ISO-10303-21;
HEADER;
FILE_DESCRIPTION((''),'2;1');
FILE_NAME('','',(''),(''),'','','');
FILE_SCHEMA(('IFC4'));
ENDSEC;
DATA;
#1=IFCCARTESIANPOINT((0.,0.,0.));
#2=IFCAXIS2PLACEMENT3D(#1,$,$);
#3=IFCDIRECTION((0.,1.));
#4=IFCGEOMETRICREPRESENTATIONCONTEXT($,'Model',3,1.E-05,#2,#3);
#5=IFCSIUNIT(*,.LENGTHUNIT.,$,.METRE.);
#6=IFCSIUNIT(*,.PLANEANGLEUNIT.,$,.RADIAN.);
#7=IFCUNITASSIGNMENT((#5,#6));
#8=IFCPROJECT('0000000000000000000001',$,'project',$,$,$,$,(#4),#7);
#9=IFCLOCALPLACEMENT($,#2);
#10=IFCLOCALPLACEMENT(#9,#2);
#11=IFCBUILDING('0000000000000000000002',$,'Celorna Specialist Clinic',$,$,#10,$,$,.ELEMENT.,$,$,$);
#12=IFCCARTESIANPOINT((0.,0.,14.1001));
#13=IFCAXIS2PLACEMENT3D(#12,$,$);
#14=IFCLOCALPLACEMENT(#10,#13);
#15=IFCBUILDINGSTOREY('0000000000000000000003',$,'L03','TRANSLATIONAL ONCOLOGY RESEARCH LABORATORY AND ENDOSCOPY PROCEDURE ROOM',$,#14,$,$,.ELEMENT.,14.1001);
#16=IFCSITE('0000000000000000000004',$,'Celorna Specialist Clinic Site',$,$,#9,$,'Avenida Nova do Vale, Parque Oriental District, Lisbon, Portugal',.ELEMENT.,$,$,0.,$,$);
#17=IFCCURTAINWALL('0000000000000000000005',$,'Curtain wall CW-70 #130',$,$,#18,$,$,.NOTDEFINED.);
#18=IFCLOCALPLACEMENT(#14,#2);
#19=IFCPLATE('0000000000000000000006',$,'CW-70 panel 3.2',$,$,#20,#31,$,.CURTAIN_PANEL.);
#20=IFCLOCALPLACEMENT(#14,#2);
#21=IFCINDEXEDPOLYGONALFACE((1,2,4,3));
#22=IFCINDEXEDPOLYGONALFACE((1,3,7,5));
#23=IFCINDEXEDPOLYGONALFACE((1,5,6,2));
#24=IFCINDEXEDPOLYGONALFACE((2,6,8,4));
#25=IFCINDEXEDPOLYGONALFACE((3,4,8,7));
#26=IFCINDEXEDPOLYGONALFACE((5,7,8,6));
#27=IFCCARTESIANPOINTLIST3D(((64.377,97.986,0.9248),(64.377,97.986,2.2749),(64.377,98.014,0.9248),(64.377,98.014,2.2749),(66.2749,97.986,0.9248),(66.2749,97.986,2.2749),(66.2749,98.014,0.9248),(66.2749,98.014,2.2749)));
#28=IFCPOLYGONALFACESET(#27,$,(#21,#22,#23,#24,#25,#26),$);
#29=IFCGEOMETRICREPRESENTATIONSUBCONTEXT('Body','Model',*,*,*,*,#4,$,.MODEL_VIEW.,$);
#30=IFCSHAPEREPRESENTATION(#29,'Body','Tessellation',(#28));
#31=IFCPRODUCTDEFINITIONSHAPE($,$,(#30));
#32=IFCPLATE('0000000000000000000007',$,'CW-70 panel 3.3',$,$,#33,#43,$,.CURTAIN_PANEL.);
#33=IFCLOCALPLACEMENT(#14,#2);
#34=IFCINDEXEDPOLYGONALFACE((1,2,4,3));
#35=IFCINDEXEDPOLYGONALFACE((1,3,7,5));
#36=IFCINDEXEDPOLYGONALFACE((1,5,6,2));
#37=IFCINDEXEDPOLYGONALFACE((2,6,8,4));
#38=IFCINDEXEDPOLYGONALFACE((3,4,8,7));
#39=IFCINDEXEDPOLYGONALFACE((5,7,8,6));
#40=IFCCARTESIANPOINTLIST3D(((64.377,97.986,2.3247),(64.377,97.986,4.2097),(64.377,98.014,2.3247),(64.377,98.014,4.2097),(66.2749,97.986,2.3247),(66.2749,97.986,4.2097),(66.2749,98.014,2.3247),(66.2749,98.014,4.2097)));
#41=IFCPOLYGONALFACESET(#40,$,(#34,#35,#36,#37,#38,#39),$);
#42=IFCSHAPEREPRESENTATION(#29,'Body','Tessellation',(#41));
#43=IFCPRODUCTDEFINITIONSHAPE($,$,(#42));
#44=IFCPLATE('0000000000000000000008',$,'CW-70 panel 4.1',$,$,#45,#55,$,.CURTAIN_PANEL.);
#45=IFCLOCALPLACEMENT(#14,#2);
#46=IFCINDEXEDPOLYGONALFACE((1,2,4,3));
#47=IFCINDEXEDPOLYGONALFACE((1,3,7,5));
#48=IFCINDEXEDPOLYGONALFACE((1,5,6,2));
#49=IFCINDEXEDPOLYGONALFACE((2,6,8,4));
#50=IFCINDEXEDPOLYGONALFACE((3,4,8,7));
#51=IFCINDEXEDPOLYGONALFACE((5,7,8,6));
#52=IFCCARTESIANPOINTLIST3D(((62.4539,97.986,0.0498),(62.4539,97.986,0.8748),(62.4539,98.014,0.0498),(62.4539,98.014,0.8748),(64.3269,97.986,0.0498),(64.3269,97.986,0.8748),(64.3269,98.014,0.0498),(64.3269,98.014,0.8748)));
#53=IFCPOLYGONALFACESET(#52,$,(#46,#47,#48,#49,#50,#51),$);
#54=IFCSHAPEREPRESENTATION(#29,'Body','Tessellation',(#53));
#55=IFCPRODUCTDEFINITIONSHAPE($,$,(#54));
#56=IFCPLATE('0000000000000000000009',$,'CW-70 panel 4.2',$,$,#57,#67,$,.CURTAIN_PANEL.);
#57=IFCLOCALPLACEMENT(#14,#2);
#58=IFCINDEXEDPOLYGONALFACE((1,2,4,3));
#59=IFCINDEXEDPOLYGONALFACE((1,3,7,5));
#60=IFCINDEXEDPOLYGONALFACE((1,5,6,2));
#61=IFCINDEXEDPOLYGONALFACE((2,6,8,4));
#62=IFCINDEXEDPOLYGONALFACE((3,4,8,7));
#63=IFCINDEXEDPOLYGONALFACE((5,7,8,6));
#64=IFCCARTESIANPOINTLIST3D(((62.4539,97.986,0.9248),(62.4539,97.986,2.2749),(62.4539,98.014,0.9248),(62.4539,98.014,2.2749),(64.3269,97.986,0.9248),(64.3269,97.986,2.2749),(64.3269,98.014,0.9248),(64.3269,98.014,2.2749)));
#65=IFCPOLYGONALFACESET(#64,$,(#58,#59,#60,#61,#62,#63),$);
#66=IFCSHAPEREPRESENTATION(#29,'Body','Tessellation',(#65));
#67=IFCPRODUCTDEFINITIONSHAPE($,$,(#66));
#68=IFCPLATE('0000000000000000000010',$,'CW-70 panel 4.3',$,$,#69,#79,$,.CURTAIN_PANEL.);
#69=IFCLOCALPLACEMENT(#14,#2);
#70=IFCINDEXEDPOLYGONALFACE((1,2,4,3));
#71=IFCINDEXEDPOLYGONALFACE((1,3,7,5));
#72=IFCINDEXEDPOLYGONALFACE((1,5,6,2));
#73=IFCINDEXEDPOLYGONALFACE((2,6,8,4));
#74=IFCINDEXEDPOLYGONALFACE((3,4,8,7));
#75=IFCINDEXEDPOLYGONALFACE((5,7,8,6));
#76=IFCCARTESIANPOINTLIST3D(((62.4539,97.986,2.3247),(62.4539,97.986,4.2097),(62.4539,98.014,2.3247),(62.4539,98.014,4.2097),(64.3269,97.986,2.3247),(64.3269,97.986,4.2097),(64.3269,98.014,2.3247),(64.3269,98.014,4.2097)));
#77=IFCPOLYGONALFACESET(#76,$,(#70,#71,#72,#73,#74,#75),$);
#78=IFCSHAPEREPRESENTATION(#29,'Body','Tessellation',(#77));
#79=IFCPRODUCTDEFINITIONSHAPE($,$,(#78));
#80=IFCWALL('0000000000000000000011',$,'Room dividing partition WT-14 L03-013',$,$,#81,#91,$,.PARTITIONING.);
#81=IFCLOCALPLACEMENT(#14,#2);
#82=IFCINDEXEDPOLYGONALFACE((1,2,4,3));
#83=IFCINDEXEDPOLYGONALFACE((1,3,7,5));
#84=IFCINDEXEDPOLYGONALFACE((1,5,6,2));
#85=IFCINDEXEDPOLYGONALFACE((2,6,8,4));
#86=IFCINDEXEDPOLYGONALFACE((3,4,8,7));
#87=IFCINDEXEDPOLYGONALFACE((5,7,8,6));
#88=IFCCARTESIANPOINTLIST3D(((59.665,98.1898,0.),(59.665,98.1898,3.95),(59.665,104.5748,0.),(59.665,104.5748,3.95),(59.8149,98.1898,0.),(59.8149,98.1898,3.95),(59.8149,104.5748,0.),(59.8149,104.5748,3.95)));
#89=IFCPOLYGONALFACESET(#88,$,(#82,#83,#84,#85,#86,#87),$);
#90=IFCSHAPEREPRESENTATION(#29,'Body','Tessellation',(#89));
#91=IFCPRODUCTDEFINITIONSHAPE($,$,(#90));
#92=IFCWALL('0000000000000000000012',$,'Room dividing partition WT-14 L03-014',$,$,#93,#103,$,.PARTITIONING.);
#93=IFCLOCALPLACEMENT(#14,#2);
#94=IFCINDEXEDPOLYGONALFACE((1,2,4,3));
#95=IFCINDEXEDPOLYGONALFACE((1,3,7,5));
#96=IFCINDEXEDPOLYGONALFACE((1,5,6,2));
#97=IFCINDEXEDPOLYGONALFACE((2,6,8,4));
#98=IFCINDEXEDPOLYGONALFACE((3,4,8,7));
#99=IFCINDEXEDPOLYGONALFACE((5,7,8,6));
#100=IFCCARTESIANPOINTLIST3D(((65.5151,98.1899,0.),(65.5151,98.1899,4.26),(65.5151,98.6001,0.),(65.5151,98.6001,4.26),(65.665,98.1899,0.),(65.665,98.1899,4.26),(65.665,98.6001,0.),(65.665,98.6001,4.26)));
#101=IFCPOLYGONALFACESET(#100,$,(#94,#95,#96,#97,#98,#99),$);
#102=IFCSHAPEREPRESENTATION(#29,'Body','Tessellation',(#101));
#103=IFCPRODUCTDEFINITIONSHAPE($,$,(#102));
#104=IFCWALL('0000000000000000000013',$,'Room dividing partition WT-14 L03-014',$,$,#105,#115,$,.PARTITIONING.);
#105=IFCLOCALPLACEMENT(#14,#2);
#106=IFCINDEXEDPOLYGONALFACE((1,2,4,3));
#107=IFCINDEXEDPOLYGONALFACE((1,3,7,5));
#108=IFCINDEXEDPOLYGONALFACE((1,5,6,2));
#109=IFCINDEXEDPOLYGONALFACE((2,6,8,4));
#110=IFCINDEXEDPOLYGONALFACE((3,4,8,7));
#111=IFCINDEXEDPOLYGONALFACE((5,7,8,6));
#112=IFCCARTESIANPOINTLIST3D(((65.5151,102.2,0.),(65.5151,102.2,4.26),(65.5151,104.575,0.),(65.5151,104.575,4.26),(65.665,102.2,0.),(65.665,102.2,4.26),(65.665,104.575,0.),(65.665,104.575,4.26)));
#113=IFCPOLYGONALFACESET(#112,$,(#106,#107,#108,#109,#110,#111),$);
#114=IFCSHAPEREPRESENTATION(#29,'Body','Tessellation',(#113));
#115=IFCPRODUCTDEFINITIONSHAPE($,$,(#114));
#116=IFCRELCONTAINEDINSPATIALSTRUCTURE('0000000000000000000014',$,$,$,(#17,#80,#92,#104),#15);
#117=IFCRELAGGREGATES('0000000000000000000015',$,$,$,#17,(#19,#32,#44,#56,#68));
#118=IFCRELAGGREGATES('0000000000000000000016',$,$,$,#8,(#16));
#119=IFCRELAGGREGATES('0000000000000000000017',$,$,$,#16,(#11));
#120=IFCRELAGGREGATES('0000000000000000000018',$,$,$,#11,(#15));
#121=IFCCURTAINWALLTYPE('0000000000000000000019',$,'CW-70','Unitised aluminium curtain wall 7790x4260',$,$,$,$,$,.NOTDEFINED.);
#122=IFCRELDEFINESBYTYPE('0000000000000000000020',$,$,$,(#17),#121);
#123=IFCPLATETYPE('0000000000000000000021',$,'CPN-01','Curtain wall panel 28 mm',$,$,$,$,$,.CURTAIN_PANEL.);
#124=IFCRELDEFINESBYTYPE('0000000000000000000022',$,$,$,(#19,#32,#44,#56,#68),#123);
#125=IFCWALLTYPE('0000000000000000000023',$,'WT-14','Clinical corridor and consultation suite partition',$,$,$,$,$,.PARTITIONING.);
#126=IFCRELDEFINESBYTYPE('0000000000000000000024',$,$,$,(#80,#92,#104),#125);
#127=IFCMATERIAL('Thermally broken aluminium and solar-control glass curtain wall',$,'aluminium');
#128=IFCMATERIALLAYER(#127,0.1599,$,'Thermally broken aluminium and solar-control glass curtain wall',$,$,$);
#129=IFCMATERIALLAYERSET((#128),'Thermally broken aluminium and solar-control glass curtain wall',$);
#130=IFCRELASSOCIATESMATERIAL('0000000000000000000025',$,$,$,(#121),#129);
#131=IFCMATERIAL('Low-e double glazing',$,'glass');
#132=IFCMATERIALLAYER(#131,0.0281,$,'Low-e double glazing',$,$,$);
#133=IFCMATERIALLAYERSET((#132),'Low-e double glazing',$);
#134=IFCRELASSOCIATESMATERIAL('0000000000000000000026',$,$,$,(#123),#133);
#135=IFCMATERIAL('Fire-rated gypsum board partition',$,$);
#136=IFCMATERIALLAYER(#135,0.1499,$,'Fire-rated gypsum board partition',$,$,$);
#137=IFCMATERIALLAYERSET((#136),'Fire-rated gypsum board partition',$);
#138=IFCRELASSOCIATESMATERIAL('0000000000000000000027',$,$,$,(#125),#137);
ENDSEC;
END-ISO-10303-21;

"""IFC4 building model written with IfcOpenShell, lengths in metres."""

from ifc_helpers import new_model, si_unit, direction, frame, frame_2d, origin, origin_2d, place, context, subcontext, project, spatial, rectangle, extrude, material, layer, layer_set, type_object, element, aggregate, save


model = new_model("IFC4")

# Units and contexts
model_context = context("Model", 3, precision=1e-05, world=origin(), true_north=direction((0.0, 1.0)))
body_context = subcontext(model_context, "Body", "Model", "MODEL_VIEW")
ifc_project = project(units=[si_unit("LENGTHUNIT", "METRE"), si_unit("PLANEANGLEUNIT", "RADIAN")], contexts=[model_context])

# Site, building, storey
site_placement = place(None, origin())
site = spatial("IfcSite", under=ifc_project, at=site_placement, Name="Celorna Specialist Clinic Site", LongName="Avenida Nova do Vale, Parque Oriental District, Lisbon, Portugal", CompositionType="ELEMENT", RefElevation=0.0)
building_placement = place(site_placement, origin())
building = spatial("IfcBuilding", under=site, at=building_placement, Name="Celorna Specialist Clinic", CompositionType="ELEMENT")
storey_placement = place(building_placement, frame((0.0, 0.0, 14.1001)))
storey = spatial("IfcBuildingStorey", under=building, at=storey_placement, Name="L03", Description="TRANSLATIONAL ONCOLOGY RESEARCH LABORATORY AND ENDOSCOPY PROCEDURE ROOM", CompositionType="ELEMENT", Elevation=14.1001)

# Curtain wall, plates
ifc_material_1 = material(Name="Thermally broken aluminium and solar-control glass curtain wall", Category="aluminium")
ifc_layer_1 = layer(ifc_material_1, 0.1599, Name="Thermally broken aluminium and solar-control glass curtain wall")
ifc_layer_set_1 = layer_set([ifc_layer_1], Name="Thermally broken aluminium and solar-control glass curtain wall")
curtain_wall_type = type_object("IfcCurtainWallType", Name="CW-70", Description="Unitised aluminium curtain wall 7790x4260", PredefinedType="NOTDEFINED", material=ifc_layer_set_1)
curtain_wall_placement = place(storey_placement, origin())
curtain_wall = element("IfcCurtainWall", 1, at=curtain_wall_placement, inside=storey, type_object=curtain_wall_type, Name="Curtain wall CW-70 #130", PredefinedType="NOTDEFINED")
ifc_material_2 = material(Name="Low-e double glazing", Category="glass")
ifc_layer_2 = layer(ifc_material_2, 0.0281, Name="Low-e double glazing")
ifc_layer_set_2 = layer_set([ifc_layer_2], Name="Low-e double glazing")
plate_type = type_object("IfcPlateType", Name="CPN-01", Description="Curtain wall panel 28 mm", PredefinedType="CURTAIN_PANEL", material=ifc_layer_set_2)
plate_1_placement = place(storey_placement, frame((65.3259, 98.0, 0.9248), z_axis=(0.0, 0.0, 1.0), x_axis=(-1.0, 0.0, 0.0)))
plate_1 = element("IfcPlate", 2, at=plate_1_placement, type_object=plate_type, Name="CW-70 panel 3.2", PredefinedType="CURTAIN_PANEL", context=body_context, shape_type="SweptSolid", body=[
    extrude(rectangle(XDim=1.8979, YDim=0.0281, at=origin_2d()), origin(), (0.0, 0.0, 1.0), 1.3501),
])
plate_2_placement = place(storey_placement, frame((65.3259, 98.0, 2.3247), z_axis=(0.0, 0.0, 1.0), x_axis=(-1.0, 0.0, 0.0)))
plate_2 = element("IfcPlate", 3, at=plate_2_placement, type_object=plate_type, Name="CW-70 panel 3.3", PredefinedType="CURTAIN_PANEL", context=body_context, shape_type="SweptSolid", body=[
    extrude(rectangle(XDim=1.8979, YDim=0.0281, at=origin_2d()), origin(), (0.0, 0.0, 1.0), 1.885),
])
plate_3_placement = place(storey_placement, frame((63.3904, 98.0, 0.0498), z_axis=(0.0, 0.0, 1.0), x_axis=(-1.0, 0.0, 0.0)))
plate_3 = element("IfcPlate", 4, at=plate_3_placement, type_object=plate_type, Name="CW-70 panel 4.1", PredefinedType="CURTAIN_PANEL", context=body_context, shape_type="SweptSolid", body=[
    extrude(rectangle(XDim=1.873, YDim=0.0281, at=origin_2d()), origin(), (0.0, 0.0, 1.0), 0.825),
])
plate_4_placement = place(storey_placement, frame((63.3904, 98.0, 0.9248), z_axis=(0.0, 0.0, 1.0), x_axis=(-1.0, 0.0, 0.0)))
plate_4 = element("IfcPlate", 5, at=plate_4_placement, type_object=plate_type, Name="CW-70 panel 4.2", PredefinedType="CURTAIN_PANEL", context=body_context, shape_type="SweptSolid", body=[
    extrude(rectangle(XDim=1.873, YDim=0.0281, at=origin_2d()), origin(), (0.0, 0.0, 1.0), 1.3501),
])
plate_5_placement = place(storey_placement, frame((63.3904, 98.0, 2.3247), z_axis=(0.0, 0.0, 1.0), x_axis=(-1.0, 0.0, 0.0)))
plate_5 = element("IfcPlate", 6, at=plate_5_placement, type_object=plate_type, Name="CW-70 panel 4.3", PredefinedType="CURTAIN_PANEL", context=body_context, shape_type="SweptSolid", body=[
    extrude(rectangle(XDim=1.873, YDim=0.0281, at=origin_2d()), origin(), (0.0, 0.0, 1.0), 1.885),
])
aggregate(curtain_wall, [plate_1, plate_2, plate_3, plate_4, plate_5])

# Walls
ifc_material_3 = material(Name="Fire-rated gypsum board partition")
ifc_layer_3 = layer(ifc_material_3, 0.1499, Name="Fire-rated gypsum board partition")
ifc_layer_set_3 = layer_set([ifc_layer_3], Name="Fire-rated gypsum board partition")
wall_type = type_object("IfcWallType", Name="WT-14", Description="Clinical corridor and consultation suite partition", PredefinedType="PARTITIONING", material=ifc_layer_set_3)
wall_1_placement = place(storey_placement, frame((59.74, 98.1899, 0.0), z_axis=(0.0, 0.0, 1.0), x_axis=(0.0, 1.0, 0.0)))
element("IfcWall", 7, at=wall_1_placement, inside=storey, type_object=wall_type, Name="Room dividing partition WT-14 L03-013", PredefinedType="PARTITIONING", context=body_context, shape_type="SweptSolid", body=[
    extrude(rectangle(XDim=6.385, YDim=0.1499, at=frame_2d((3.1924, 0.0))), origin(), (0.0, 0.0, 1.0), 3.95),
])
wall_2_placement = place(storey_placement, frame((65.5901, 98.1899, 0.0), z_axis=(0.0, 0.0, 1.0), x_axis=(0.0, 1.0, 0.0)))
element("IfcWall", 8, at=wall_2_placement, inside=storey, type_object=wall_type, Name="Room dividing partition WT-14 L03-014", PredefinedType="PARTITIONING", context=body_context, shape_type="SweptSolid", body=[
    extrude(rectangle(XDim=0.4102, YDim=0.1499, at=frame_2d((0.2051, 0.0))), origin(), (0.0, 0.0, 1.0), 4.26),
])
wall_3_placement = place(storey_placement, frame((65.5901, 102.2, 0.0), z_axis=(0.0, 0.0, 1.0), x_axis=(0.0, 1.0, 0.0)))
element("IfcWall", 9, at=wall_3_placement, inside=storey, type_object=wall_type, Name="Room dividing partition WT-14 L03-014", PredefinedType="PARTITIONING", context=body_context, shape_type="SweptSolid", body=[
    extrude(rectangle(XDim=2.375, YDim=0.1499, at=frame_2d((1.1875, 0.0))), origin(), (0.0, 0.0, 1.0), 4.26),
])

save(model, "model.ifc")
